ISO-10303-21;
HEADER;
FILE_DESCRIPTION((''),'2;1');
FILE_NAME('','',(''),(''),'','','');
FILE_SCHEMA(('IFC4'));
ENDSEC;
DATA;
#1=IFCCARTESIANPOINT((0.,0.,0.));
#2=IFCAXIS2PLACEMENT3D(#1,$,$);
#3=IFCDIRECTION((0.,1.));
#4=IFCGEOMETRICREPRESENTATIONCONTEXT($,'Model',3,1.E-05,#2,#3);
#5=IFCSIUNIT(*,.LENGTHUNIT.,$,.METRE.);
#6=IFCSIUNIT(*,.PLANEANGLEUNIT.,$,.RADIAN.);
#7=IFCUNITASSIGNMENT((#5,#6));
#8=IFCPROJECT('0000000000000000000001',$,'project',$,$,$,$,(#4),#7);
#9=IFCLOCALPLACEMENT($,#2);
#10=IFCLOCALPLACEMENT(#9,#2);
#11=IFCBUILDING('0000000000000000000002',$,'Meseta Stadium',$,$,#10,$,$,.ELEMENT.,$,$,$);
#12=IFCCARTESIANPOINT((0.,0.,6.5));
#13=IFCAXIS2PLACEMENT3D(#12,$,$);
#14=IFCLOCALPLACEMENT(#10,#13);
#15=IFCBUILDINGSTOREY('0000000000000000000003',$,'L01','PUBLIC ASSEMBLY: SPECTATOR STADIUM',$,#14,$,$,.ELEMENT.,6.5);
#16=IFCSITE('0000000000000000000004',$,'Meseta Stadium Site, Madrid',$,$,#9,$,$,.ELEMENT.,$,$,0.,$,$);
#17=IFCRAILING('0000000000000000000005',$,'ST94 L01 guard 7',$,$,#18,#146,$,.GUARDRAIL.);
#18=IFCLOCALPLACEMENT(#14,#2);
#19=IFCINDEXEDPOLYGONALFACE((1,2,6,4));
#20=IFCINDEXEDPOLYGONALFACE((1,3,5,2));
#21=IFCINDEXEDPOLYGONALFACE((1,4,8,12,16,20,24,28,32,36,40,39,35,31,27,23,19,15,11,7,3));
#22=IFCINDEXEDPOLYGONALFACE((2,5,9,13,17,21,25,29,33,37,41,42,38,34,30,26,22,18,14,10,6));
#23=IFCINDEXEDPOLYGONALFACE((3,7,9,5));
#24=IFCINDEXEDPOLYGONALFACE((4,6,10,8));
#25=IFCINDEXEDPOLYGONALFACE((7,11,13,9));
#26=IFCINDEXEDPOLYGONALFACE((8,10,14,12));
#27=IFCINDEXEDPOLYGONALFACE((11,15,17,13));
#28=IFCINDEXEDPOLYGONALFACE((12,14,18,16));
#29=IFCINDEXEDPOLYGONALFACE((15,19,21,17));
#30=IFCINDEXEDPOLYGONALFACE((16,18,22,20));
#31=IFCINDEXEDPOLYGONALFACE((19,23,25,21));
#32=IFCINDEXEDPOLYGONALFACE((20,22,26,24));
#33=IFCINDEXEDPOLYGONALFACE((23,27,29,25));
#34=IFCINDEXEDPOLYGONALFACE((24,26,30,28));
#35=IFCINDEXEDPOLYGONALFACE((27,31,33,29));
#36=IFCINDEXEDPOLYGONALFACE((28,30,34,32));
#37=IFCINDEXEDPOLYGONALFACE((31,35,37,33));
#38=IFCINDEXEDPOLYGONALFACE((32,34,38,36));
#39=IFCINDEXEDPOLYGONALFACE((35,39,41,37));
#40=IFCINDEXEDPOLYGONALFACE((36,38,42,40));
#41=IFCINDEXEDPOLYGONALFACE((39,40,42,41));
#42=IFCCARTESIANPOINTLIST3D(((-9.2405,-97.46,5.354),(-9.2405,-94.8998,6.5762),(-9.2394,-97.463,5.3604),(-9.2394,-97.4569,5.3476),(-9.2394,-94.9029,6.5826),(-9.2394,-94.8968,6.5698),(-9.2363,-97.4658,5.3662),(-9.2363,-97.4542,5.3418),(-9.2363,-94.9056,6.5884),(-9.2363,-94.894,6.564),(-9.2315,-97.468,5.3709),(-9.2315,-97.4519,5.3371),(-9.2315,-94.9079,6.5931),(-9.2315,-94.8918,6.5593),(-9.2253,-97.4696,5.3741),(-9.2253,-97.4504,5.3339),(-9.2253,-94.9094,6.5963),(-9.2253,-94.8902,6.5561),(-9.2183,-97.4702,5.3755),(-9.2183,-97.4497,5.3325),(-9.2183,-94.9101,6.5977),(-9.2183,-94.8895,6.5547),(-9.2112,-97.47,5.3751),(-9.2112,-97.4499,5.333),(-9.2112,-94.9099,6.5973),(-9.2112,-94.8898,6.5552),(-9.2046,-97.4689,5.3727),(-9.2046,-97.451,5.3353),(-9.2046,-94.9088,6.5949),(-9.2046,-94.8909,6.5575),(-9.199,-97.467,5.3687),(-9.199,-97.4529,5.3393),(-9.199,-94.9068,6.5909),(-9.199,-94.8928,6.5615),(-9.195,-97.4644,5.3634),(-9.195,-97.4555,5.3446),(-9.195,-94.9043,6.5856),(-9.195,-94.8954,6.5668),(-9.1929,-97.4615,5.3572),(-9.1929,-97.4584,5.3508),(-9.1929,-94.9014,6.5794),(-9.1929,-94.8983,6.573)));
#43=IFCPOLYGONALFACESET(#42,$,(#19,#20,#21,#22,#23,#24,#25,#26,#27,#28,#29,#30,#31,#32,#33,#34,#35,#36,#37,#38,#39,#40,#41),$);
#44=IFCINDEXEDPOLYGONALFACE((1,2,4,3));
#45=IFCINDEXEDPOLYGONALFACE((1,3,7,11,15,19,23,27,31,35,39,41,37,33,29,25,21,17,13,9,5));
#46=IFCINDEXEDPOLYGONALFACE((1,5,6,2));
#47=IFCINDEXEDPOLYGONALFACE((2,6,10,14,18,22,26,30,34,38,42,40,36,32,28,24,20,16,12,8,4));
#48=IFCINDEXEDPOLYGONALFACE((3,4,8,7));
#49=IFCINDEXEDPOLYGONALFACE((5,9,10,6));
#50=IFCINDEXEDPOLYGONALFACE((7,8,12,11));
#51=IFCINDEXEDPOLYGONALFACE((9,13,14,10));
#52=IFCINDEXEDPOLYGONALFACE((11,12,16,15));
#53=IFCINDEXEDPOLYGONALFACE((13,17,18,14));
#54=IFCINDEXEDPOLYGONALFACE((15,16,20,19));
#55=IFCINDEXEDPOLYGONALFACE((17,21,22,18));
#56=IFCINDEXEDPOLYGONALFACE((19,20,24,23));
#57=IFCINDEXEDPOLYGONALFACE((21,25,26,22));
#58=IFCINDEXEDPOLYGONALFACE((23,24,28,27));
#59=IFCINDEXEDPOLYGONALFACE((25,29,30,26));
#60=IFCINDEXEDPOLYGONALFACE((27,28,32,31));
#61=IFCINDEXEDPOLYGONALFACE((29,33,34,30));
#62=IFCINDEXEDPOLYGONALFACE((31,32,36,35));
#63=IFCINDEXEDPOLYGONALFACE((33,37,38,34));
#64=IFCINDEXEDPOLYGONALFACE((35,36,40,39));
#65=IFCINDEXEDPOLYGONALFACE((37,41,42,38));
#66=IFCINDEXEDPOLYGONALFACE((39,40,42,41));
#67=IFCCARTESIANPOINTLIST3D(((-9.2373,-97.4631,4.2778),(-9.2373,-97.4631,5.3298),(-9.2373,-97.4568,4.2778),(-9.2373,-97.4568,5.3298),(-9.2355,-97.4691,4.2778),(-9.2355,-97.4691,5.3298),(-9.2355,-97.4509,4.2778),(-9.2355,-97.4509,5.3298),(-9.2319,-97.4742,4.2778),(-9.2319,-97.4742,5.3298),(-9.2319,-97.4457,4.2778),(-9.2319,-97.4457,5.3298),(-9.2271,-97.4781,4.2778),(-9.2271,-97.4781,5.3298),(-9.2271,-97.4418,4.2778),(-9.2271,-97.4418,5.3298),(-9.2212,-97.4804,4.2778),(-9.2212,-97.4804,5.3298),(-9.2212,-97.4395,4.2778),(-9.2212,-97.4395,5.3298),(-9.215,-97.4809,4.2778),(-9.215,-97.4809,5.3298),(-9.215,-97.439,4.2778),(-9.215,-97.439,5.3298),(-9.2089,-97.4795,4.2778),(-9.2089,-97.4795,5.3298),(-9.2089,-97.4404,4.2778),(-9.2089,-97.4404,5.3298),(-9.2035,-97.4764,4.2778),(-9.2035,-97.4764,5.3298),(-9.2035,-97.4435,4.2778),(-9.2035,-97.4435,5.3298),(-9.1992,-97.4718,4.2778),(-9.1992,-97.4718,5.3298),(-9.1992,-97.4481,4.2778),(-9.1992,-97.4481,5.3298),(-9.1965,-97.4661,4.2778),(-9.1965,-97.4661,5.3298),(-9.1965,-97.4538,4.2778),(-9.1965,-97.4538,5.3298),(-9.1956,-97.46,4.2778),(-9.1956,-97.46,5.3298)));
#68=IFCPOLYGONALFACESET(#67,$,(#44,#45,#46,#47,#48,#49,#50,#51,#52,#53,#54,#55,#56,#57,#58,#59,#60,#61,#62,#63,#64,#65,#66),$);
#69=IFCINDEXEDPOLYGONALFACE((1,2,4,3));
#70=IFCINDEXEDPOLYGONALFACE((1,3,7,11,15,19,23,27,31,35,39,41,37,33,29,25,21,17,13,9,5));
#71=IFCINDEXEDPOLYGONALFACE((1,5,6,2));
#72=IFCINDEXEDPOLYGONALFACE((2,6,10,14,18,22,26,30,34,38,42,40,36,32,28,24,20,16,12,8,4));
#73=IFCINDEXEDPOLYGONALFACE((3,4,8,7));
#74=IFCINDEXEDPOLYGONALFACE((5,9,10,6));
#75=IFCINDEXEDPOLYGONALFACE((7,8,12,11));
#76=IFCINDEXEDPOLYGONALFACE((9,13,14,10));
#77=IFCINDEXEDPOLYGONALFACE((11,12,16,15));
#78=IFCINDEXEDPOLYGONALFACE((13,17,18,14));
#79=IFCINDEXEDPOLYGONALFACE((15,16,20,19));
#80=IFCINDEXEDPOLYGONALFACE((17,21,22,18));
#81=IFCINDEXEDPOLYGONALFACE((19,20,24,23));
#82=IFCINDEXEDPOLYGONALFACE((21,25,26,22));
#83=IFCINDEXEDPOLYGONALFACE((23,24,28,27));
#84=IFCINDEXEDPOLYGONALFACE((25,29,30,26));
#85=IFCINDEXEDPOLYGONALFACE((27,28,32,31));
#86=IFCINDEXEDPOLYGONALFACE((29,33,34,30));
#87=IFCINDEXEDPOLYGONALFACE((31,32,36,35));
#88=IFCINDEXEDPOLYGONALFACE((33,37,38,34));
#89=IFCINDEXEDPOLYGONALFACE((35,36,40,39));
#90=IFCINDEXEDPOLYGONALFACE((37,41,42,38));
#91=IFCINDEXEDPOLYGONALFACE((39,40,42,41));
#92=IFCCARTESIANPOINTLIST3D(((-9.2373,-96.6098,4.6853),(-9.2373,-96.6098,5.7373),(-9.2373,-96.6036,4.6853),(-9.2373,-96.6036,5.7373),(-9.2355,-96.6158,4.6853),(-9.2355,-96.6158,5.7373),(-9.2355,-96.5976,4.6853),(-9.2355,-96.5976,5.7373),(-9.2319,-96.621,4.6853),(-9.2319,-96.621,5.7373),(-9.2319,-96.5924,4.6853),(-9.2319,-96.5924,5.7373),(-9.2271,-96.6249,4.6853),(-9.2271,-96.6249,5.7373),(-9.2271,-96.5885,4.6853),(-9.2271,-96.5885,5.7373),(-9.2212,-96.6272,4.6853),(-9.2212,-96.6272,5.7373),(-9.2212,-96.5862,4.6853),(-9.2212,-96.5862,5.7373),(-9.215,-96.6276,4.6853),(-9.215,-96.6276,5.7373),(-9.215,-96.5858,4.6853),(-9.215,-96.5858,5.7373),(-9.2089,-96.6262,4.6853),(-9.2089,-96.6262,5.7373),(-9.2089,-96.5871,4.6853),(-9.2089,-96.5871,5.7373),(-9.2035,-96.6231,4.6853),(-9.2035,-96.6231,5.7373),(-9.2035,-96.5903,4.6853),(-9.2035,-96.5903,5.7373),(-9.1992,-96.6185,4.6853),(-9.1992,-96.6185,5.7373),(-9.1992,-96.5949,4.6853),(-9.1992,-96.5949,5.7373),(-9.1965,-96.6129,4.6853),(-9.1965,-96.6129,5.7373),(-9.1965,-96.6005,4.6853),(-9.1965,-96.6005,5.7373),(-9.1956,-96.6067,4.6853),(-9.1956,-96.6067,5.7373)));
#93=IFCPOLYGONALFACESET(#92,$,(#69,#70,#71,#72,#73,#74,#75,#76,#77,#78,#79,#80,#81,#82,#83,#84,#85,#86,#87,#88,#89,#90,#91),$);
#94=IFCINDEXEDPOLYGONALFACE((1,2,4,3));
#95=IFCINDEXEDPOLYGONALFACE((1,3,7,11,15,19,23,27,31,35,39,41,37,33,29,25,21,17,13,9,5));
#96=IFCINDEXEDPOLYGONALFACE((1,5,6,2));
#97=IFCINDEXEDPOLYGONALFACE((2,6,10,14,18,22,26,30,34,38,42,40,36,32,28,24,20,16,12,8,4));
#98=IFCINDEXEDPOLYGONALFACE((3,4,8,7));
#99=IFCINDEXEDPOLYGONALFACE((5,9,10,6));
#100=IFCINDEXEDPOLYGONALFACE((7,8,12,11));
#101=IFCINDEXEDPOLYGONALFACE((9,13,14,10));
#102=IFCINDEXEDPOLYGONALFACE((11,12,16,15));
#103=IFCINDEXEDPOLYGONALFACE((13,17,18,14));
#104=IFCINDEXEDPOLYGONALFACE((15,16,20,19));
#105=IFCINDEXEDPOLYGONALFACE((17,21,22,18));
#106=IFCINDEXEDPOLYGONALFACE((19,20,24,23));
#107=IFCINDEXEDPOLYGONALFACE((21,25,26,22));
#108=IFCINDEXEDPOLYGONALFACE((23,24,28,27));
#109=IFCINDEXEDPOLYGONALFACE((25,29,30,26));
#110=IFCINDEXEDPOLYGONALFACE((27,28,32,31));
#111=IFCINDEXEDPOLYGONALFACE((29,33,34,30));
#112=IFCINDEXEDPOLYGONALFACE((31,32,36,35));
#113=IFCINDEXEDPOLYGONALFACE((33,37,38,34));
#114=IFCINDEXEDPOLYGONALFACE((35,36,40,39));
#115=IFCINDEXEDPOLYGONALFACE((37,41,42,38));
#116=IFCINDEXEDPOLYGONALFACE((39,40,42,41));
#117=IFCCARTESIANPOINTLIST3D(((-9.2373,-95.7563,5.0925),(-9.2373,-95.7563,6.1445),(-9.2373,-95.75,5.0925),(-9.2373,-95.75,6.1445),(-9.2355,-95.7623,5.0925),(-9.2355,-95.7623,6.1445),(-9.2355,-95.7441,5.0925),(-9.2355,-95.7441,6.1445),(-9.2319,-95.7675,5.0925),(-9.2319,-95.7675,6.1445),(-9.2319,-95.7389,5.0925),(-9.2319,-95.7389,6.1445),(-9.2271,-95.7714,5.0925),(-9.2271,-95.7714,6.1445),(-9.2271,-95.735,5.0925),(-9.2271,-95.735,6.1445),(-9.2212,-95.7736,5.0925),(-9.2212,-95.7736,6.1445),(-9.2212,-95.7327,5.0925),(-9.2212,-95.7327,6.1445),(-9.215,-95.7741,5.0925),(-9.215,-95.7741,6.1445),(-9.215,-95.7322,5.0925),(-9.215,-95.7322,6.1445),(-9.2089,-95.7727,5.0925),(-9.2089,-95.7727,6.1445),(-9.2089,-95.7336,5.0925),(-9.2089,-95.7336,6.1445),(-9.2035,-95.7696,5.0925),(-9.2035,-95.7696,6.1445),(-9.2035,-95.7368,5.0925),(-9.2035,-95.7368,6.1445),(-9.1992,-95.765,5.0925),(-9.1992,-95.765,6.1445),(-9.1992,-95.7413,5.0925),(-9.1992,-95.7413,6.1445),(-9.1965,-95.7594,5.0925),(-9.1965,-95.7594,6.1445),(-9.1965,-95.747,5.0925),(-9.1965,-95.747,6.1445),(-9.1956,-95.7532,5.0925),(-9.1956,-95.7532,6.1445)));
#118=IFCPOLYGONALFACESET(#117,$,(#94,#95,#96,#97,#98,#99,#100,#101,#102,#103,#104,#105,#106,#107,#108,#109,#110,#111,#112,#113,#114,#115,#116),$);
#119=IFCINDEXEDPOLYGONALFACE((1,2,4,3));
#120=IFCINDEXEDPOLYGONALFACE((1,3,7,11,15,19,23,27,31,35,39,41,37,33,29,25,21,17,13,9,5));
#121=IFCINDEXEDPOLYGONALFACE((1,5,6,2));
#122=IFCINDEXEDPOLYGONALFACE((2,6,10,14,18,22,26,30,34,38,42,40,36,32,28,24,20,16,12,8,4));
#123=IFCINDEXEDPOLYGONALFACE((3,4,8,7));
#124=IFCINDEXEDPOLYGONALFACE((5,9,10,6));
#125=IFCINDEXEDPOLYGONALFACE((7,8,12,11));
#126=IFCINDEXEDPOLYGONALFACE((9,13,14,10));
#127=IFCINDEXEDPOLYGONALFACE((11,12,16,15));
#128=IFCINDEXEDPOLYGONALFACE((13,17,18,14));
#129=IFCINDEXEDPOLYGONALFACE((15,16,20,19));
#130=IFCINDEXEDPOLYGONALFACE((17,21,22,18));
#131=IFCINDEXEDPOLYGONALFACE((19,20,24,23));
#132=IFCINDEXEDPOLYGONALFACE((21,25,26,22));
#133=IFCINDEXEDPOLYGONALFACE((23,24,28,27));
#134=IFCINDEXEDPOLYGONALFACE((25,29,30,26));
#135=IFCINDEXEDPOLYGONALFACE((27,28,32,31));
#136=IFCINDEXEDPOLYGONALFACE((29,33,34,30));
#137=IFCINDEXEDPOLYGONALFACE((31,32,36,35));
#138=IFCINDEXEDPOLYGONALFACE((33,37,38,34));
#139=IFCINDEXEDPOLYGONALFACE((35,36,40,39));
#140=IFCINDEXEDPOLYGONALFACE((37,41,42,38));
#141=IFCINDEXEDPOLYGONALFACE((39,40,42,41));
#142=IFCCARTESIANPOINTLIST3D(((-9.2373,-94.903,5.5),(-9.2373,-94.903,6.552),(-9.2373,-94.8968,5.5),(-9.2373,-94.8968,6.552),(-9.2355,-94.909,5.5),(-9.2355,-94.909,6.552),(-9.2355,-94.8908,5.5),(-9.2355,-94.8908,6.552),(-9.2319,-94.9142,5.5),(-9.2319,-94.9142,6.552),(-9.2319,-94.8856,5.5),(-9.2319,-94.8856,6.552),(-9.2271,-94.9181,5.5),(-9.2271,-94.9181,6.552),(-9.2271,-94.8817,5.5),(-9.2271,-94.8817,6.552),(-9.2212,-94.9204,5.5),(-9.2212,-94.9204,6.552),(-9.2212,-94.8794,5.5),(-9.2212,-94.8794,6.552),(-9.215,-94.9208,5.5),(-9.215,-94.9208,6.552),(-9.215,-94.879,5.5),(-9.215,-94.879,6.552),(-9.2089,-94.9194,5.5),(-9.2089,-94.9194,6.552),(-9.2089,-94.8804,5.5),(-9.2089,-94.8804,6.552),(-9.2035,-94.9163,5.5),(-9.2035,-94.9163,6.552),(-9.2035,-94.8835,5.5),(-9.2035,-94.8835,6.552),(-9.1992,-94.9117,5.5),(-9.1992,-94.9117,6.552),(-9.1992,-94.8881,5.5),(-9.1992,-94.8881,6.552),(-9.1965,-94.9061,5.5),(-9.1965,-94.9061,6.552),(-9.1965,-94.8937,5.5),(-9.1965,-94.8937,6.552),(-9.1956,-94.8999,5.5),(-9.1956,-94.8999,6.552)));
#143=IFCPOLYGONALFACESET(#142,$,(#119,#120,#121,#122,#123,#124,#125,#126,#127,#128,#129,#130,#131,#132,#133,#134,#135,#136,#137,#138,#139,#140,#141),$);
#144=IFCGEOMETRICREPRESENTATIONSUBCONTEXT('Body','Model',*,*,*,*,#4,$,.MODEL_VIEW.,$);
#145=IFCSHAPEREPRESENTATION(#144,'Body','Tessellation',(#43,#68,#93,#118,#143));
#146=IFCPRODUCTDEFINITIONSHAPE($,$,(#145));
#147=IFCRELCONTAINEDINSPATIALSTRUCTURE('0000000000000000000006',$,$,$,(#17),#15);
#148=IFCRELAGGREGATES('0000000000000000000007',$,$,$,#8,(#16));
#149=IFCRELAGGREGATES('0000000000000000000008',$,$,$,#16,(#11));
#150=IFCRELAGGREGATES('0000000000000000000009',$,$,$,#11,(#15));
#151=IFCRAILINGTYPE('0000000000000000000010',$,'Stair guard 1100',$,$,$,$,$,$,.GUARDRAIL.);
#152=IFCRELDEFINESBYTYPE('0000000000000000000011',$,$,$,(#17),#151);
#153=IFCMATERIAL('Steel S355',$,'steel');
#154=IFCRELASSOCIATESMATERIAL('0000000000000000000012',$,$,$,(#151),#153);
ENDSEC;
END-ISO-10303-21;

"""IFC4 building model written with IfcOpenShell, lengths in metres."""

from ifc_helpers import new_model, si_unit, direction, frame, origin, origin_2d, place, context, subcontext, project, spatial, circle, extrude, material, type_object, element, save


model = new_model("IFC4")

# Units and contexts
model_context = context("Model", 3, precision=1e-05, world=origin(), true_north=direction((0.0, 1.0)))
body_context = subcontext(model_context, "Body", "Model", "MODEL_VIEW")
ifc_project = project(units=[si_unit("LENGTHUNIT", "METRE"), si_unit("PLANEANGLEUNIT", "RADIAN")], contexts=[model_context])

# Site, building, storey
site_placement = place(None, origin())
site = spatial("IfcSite", under=ifc_project, at=site_placement, Name="Meseta Stadium Site, Madrid", CompositionType="ELEMENT", RefElevation=0.0)
building_placement = place(site_placement, origin())
building = spatial("IfcBuilding", under=site, at=building_placement, Name="Meseta Stadium", CompositionType="ELEMENT")
storey_placement = place(building_placement, frame((0.0, 0.0, 6.5)))
storey = spatial("IfcBuildingStorey", under=building, at=storey_placement, Name="L01", Description="PUBLIC ASSEMBLY: SPECTATOR STADIUM", CompositionType="ELEMENT", Elevation=6.5)

# Railing
ifc_material_1 = material(Name="Steel S355", Category="steel")
railing_type_1 = type_object("IfcRailingType", Name="Stair guard 1100", PredefinedType="GUARDRAIL", material=ifc_material_1)
railing_1_placement = place(storey_placement, frame((-9.2166, -97.46, 4.2778)))
element("IfcRailing", 1, at=railing_1_placement, inside=storey, type_object=railing_type_1, Name="ST94 L01 guard 7", PredefinedType="GUARDRAIL", context=body_context, shape_type="SweptSolid", body=[
    extrude(circle(Radius=0.0239, at=origin_2d()), frame((0.0, 0.0, 1.0762), z_axis=(0.0, 0.902437, 0.430822), x_axis=(-1.0, 0.0, 0.0)), (0.0, 0.0, 1.0), 2.8369),
    extrude(circle(Radius=0.021, at=origin_2d()), origin(), (0.0, 0.0, 1.0), 1.052),
    extrude(circle(Radius=0.021, at=origin_2d()), frame((0.0, 0.8533, 0.4075)), (0.0, 0.0, 1.0), 1.052),
    extrude(circle(Radius=0.021, at=origin_2d()), frame((0.0, 1.7068, 0.8147)), (0.0, 0.0, 1.0), 1.052),
    extrude(circle(Radius=0.021, at=origin_2d()), frame((0.0, 2.5601, 1.2222)), (0.0, 0.0, 1.0), 1.052),
])

save(model, "model.ifc")
